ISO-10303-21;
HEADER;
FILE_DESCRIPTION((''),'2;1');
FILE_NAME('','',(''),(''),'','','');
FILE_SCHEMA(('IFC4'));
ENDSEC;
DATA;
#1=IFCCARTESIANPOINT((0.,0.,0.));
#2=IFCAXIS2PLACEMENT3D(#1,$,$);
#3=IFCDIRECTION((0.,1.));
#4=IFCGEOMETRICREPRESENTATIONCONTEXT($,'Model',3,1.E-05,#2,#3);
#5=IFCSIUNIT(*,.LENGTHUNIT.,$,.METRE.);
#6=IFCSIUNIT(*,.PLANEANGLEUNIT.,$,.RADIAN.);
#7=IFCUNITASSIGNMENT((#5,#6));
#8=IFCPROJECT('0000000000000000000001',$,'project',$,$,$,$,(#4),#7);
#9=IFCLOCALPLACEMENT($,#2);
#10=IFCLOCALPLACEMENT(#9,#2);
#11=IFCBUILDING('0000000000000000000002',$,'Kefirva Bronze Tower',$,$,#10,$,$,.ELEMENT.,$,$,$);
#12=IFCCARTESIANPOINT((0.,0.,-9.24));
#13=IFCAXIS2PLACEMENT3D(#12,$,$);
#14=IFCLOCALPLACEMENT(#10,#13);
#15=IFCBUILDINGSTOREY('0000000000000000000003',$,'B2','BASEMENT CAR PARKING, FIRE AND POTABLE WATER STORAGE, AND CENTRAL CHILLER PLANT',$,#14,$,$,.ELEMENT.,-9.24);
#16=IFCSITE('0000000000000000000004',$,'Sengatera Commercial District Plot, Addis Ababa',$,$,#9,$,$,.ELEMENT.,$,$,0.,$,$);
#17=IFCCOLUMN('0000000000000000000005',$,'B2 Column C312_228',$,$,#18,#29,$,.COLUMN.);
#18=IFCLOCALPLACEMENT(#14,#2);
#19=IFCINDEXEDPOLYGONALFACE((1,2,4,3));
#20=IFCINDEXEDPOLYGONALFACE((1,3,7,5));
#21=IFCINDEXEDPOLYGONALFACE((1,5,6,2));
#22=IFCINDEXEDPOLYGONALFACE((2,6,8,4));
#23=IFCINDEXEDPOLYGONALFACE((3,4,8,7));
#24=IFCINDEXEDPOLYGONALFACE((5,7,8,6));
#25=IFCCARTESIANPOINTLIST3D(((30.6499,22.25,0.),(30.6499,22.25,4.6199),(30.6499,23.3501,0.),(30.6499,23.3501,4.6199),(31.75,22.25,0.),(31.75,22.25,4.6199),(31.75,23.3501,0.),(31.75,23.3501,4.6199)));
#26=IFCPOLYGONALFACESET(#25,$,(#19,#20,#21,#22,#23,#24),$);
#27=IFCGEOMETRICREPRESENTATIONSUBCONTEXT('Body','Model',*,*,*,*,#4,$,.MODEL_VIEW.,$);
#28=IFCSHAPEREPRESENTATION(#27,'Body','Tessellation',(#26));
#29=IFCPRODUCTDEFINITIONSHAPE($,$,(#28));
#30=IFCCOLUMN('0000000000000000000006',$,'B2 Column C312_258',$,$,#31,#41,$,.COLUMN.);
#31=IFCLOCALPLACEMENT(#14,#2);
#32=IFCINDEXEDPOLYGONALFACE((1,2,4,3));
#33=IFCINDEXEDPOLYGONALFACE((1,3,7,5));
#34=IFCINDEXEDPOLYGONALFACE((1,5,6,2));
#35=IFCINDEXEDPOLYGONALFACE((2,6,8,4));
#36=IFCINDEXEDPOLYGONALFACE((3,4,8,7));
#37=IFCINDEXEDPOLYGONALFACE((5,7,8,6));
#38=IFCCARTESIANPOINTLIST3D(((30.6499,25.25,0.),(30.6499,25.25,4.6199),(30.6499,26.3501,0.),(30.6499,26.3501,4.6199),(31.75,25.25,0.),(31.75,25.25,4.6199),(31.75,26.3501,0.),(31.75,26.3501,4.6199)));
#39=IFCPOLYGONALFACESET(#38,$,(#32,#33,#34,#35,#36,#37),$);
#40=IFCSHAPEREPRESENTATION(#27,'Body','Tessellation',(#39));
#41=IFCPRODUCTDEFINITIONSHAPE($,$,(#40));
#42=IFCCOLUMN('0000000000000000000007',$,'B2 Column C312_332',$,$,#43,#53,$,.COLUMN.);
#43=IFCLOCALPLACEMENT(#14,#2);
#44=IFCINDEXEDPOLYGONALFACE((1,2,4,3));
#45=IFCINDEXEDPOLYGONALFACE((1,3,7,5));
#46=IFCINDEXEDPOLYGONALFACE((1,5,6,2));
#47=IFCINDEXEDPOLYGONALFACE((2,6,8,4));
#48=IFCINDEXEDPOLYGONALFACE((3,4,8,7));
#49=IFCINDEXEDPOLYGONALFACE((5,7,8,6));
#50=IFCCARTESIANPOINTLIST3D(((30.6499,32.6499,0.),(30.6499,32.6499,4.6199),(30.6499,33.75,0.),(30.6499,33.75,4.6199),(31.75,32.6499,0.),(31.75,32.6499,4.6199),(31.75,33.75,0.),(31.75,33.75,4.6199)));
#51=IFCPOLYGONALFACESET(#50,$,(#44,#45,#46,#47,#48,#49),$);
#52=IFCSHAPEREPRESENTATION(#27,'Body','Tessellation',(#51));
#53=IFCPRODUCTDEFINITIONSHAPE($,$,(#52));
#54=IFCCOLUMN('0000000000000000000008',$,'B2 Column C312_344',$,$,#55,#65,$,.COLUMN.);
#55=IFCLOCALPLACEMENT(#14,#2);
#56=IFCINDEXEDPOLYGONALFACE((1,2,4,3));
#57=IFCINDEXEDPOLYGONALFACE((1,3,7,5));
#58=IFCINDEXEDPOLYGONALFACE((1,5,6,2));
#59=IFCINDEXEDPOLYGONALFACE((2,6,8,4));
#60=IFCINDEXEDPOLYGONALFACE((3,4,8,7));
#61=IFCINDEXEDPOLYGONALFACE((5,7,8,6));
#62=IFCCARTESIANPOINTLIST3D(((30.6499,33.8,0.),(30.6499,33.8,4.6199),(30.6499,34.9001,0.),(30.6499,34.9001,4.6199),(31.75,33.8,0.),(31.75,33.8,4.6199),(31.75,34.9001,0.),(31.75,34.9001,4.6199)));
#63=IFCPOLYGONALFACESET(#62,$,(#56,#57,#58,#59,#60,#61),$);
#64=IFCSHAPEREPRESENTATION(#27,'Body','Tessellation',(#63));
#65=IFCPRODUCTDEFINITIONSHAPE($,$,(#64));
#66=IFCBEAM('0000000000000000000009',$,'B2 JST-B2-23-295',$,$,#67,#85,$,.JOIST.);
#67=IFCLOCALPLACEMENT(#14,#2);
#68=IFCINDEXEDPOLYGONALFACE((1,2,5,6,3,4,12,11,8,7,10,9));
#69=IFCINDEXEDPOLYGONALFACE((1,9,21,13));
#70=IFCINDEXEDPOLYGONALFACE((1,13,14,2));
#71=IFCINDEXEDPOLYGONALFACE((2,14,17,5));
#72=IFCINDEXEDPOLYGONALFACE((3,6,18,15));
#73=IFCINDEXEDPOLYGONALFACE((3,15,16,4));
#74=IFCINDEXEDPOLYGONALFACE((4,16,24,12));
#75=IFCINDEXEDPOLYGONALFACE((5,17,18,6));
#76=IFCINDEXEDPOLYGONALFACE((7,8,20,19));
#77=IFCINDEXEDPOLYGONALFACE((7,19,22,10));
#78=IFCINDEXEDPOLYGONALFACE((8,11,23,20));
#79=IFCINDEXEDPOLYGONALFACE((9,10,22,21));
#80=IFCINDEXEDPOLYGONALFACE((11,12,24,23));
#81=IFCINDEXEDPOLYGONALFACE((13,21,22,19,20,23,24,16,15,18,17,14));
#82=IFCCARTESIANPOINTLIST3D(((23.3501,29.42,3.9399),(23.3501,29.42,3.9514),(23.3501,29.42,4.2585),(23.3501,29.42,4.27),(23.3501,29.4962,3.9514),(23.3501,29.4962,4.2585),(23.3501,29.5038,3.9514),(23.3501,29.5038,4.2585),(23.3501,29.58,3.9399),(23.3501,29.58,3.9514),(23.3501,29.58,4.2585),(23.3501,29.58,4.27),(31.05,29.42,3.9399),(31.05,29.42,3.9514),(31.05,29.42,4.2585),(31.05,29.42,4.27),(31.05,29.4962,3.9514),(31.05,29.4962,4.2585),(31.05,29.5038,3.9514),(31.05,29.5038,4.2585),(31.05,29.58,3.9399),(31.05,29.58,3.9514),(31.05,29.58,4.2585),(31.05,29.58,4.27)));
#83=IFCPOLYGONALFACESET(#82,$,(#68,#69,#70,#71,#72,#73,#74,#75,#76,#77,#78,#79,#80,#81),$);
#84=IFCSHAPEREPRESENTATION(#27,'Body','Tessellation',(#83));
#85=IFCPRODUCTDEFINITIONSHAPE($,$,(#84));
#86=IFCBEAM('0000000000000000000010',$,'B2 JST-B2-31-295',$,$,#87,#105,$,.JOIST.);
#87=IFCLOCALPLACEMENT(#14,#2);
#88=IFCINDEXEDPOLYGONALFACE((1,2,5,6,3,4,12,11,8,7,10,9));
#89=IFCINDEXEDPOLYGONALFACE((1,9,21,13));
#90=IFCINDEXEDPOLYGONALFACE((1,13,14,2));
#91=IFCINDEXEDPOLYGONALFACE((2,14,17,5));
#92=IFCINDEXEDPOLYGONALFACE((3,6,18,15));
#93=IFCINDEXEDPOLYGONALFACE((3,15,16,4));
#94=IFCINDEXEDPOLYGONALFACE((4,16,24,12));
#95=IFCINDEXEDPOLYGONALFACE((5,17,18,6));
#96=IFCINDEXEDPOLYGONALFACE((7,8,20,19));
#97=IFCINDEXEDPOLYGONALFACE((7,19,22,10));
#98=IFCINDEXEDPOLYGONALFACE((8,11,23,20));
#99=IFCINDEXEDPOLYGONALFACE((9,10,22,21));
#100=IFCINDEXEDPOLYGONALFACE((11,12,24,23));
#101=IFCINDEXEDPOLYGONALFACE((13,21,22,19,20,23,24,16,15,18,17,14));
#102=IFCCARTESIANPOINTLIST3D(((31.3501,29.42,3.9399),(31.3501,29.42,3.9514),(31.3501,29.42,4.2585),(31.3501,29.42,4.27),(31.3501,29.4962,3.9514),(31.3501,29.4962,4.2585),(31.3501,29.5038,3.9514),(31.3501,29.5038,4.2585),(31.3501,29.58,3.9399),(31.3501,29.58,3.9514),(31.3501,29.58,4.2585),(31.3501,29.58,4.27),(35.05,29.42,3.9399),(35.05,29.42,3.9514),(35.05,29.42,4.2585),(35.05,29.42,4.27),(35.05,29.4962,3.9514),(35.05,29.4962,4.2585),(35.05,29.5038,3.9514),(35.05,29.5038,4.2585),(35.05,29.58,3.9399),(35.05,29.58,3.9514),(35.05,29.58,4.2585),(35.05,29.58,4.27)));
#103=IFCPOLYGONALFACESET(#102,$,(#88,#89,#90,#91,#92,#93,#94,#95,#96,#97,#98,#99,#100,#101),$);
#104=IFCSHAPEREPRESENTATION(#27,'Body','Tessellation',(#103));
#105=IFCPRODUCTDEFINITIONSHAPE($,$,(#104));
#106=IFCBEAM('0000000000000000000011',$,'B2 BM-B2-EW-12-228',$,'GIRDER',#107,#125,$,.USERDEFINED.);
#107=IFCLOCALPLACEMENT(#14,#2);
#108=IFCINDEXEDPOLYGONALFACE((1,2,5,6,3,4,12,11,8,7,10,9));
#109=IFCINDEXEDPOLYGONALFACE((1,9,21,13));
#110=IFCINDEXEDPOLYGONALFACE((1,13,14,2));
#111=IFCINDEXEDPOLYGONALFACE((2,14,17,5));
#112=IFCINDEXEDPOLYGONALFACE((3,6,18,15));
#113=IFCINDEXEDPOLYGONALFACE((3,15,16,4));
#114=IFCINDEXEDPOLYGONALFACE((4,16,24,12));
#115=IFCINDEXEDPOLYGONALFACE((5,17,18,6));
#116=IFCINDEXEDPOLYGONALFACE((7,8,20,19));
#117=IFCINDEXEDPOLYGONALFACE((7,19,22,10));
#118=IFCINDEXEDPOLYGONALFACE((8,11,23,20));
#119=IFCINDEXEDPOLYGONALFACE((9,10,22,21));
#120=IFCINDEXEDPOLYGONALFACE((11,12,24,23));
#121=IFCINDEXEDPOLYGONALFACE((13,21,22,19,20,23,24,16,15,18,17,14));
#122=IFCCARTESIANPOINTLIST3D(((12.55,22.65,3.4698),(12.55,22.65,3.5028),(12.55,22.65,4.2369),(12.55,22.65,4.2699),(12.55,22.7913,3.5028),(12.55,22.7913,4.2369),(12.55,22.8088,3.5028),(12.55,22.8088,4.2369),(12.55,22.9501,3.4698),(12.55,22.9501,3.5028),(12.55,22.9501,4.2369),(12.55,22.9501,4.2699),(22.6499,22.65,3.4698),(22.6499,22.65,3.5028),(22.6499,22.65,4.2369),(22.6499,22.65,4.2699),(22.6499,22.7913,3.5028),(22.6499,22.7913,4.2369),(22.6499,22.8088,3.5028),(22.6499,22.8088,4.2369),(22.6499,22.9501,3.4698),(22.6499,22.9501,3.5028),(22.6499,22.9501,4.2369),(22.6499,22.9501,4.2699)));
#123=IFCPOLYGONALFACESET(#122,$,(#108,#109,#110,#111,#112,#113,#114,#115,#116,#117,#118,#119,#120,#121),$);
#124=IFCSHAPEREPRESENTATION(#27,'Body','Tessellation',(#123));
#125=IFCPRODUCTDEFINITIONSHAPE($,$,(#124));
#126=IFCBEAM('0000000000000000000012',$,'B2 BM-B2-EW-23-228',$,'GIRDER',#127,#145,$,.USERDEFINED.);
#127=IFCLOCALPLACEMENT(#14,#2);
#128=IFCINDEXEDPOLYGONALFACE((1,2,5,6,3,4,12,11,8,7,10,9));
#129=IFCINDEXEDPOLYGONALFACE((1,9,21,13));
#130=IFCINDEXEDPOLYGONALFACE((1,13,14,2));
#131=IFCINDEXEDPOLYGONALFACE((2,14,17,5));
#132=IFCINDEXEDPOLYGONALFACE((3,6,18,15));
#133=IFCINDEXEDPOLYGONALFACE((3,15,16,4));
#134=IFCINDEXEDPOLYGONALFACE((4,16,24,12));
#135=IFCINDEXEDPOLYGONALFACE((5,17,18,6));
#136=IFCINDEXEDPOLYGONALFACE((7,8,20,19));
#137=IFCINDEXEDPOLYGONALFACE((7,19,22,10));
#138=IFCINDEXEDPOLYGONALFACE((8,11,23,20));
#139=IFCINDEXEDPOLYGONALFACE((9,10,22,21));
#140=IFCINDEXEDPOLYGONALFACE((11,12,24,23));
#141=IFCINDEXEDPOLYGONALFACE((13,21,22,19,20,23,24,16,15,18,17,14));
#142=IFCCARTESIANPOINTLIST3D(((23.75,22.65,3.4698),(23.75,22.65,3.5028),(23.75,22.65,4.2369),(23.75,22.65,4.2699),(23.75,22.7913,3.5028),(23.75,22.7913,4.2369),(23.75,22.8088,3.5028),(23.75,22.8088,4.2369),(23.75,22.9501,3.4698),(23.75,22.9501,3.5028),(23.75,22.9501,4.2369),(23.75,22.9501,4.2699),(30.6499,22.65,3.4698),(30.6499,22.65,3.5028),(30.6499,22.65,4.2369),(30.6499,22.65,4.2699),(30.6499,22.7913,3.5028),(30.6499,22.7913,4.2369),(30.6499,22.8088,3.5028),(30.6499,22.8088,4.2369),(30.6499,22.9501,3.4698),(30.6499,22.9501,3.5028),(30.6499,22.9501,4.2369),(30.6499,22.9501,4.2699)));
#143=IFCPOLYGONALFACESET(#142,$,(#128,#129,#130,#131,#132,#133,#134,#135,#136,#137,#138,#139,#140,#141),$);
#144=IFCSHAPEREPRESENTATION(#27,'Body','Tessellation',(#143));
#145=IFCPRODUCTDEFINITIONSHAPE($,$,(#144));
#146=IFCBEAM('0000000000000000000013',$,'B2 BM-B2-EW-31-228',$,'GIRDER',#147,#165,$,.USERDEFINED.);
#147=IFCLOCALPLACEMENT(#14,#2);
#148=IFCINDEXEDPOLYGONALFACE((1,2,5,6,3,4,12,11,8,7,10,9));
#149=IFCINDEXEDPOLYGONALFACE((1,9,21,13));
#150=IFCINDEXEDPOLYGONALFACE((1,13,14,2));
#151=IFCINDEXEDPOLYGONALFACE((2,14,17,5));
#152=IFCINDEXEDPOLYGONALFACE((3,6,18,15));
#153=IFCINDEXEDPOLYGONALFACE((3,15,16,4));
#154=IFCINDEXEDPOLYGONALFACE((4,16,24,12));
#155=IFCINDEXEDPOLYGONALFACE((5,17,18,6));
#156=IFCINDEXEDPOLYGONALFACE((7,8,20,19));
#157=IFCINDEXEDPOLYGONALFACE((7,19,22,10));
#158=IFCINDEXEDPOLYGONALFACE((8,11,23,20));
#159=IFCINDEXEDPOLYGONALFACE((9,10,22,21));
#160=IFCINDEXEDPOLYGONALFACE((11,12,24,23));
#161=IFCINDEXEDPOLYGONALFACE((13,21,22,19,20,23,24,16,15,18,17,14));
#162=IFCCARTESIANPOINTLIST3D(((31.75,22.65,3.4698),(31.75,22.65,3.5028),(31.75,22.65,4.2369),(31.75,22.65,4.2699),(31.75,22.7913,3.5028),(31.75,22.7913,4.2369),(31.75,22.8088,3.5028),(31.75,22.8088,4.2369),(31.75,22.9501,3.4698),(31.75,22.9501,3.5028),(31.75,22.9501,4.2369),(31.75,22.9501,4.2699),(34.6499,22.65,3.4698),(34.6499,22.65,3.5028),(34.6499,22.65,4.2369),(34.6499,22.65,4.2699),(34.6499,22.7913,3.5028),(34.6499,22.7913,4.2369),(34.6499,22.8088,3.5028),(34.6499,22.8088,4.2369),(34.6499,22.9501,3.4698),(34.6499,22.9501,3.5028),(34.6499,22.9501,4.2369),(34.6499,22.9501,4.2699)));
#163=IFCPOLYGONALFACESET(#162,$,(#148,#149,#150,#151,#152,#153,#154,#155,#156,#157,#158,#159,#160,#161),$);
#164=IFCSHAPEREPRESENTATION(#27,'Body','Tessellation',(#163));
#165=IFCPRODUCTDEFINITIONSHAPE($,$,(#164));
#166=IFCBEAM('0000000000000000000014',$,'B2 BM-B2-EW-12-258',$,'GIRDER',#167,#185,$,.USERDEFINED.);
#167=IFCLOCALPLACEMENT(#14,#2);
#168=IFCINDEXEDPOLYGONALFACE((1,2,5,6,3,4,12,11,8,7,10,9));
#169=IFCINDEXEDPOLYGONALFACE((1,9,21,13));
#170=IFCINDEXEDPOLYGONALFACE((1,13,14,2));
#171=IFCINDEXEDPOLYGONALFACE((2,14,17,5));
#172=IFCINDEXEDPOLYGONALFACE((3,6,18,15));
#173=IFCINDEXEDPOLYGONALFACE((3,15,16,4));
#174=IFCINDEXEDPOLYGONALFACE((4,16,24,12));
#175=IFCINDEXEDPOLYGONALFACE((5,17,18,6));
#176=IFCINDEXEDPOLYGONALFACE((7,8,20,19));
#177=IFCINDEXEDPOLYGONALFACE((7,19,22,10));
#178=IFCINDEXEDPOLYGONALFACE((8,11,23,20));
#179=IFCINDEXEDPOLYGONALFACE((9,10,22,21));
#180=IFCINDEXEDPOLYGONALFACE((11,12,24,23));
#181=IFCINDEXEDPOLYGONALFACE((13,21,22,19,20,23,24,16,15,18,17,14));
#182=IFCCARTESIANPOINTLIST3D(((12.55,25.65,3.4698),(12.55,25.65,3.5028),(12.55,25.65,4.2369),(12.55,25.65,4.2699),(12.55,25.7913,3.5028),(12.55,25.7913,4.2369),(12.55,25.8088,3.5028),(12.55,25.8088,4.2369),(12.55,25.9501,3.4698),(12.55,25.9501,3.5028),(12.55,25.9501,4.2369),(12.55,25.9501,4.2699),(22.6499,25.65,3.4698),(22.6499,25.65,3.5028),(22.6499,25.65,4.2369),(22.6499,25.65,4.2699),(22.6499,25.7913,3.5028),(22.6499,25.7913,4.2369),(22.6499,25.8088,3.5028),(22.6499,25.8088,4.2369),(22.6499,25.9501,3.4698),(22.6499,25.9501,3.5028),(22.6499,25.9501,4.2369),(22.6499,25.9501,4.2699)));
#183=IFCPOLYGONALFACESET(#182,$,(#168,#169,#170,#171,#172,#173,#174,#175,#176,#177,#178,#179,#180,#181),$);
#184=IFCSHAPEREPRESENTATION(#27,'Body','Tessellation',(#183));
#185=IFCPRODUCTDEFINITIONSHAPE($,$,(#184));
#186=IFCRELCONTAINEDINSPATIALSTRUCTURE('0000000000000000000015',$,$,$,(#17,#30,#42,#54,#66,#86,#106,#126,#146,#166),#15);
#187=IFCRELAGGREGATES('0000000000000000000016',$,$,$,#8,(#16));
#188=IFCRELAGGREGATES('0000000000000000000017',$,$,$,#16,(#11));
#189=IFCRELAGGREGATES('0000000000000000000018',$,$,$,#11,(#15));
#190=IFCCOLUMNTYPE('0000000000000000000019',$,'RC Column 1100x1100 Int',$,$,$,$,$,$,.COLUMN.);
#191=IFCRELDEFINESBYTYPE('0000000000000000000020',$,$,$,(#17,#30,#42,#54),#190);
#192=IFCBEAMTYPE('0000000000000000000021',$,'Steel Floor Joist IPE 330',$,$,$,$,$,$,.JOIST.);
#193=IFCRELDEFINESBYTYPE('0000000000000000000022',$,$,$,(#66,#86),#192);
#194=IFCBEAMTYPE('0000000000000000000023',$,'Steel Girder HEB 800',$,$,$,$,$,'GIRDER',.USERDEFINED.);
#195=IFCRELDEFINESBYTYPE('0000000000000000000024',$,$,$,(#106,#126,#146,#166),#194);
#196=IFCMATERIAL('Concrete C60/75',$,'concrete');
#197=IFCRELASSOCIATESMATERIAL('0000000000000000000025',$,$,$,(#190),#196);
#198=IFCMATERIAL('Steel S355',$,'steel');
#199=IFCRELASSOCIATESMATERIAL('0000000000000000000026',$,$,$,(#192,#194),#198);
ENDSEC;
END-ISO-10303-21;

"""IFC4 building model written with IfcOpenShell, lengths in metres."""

from ifc_helpers import new_model, si_unit, direction, frame, origin, origin_2d, place, context, subcontext, project, spatial, rectangle, i_section, extrude, material, material_profile, profile_set, type_object, element, save


model = new_model("IFC4")

# Units and contexts
model_context = context("Model", 3, precision=1e-05, world=origin(), true_north=direction((0.0, 1.0)))
body_context = subcontext(model_context, "Body", "Model", "MODEL_VIEW")
ifc_project = project(units=[si_unit("LENGTHUNIT", "METRE"), si_unit("PLANEANGLEUNIT", "RADIAN")], contexts=[model_context])

# Site, building, storey
site_placement = place(None, origin())
site = spatial("IfcSite", under=ifc_project, at=site_placement, Name="Sengatera Commercial District Plot, Addis Ababa", CompositionType="ELEMENT", RefElevation=0.0)
building_placement = place(site_placement, origin())
building = spatial("IfcBuilding", under=site, at=building_placement, Name="Kefirva Bronze Tower", CompositionType="ELEMENT")
storey_placement = place(building_placement, frame((0.0, 0.0, -9.24)))
storey = spatial("IfcBuildingStorey", under=building, at=storey_placement, Name="B2", Description="BASEMENT CAR PARKING, FIRE AND POTABLE WATER STORAGE, AND CENTRAL CHILLER PLANT", CompositionType="ELEMENT", Elevation=-9.24)

# Columns
ifc_material_1 = material(Name="Concrete C60/75", Category="concrete")
ifc_material_profile_1 = material_profile(ifc_material_1, rectangle(XDim=1.1001, YDim=1.1001, at=origin_2d()), Name="RC 1100x1100")
ifc_profile_set_1 = profile_set([ifc_material_profile_1], Name="Concrete C60/75")
column_type = type_object("IfcColumnType", Name="RC Column 1100x1100 Int", PredefinedType="COLUMN", material=ifc_profile_set_1)
for number, where, z_axis, x_axis, name in (
    (1, (31.2, 22.8, 0.0), (0.0, 0.0, 1.0), (1.0, 0.0, 0.0), "B2 Column C312_228"),
    (2, (31.2, 25.8, 0.0), (0.0, 0.0, 1.0), (1.0, 0.0, 0.0), "B2 Column C312_258"),
    (3, (31.2, 33.2, 0.0), (0.0, 0.0, 1.0), (1.0, 0.0, 0.0), "B2 Column C312_332"),
    (4, (31.2, 34.3501, 0.0), (0.0, 0.0, 1.0), (1.0, 0.0, 0.0), "B2 Column C312_344"),
):
    element("IfcColumn", number, at=place(storey_placement, frame(where, z_axis=z_axis, x_axis=x_axis)), inside=storey, type_object=column_type, Name=name, PredefinedType="COLUMN", context=body_context, shape_type="SweptSolid", body=[
        extrude(rectangle(XDim=1.1001, YDim=1.1001, at=origin_2d()), origin(), (0.0, 0.0, 1.0), 4.6199),
    ])

# Beams
ifc_material_2 = material(Name="Steel S355", Category="steel")
ifc_material_profile_2 = material_profile(ifc_material_2, i_section(OverallWidth=0.1599, OverallDepth=0.3301, WebThickness=0.0076, FlangeThickness=0.0115, at=origin_2d()), Name="IPE 330")
ifc_profile_set_2 = profile_set([ifc_material_profile_2], Name="Steel S355")
beam_type_1 = type_object("IfcBeamType", Name="Steel Floor Joist IPE 330", PredefinedType="JOIST", material=ifc_profile_set_2)
beam_1_placement = place(storey_placement, frame((23.3501, 29.5, 4.105), z_axis=(1.0, 0.0, 0.0), x_axis=(0.0, 1.0, 0.0)))
element("IfcBeam", 5, at=beam_1_placement, inside=storey, type_object=beam_type_1, Name="B2 JST-B2-23-295", PredefinedType="JOIST", context=body_context, shape_type="SweptSolid", body=[
    extrude(i_section(OverallWidth=0.1599, OverallDepth=0.3301, WebThickness=0.0076, FlangeThickness=0.0115, at=origin_2d()), origin(), (0.0, 0.0, 1.0), 7.7),
])
beam_2_placement = place(storey_placement, frame((31.3501, 29.5, 4.105), z_axis=(1.0, 0.0, 0.0), x_axis=(0.0, 1.0, 0.0)))
element("IfcBeam", 6, at=beam_2_placement, inside=storey, type_object=beam_type_1, Name="B2 JST-B2-31-295", PredefinedType="JOIST", context=body_context, shape_type="SweptSolid", body=[
    extrude(i_section(OverallWidth=0.1599, OverallDepth=0.3301, WebThickness=0.0076, FlangeThickness=0.0115, at=origin_2d()), origin(), (0.0, 0.0, 1.0), 3.7),
])
ifc_material_profile_3 = material_profile(ifc_material_2, i_section(OverallWidth=0.3, OverallDepth=0.8, WebThickness=0.0176, FlangeThickness=0.033, at=origin_2d()), Name="HEB 800")
ifc_profile_set_3 = profile_set([ifc_material_profile_3], Name="Steel S355")
beam_type_2 = type_object("IfcBeamType", Name="Steel Girder HEB 800", ElementType="GIRDER", PredefinedType="USERDEFINED", material=ifc_profile_set_3)
beam_3_placement = place(storey_placement, frame((12.55, 22.8, 3.8699), z_axis=(1.0, 0.0, 0.0), x_axis=(0.0, 1.0, 0.0)))
element("IfcBeam", 7, at=beam_3_placement, inside=storey, type_object=beam_type_2, Name="B2 BM-B2-EW-12-228", ObjectType="GIRDER", PredefinedType="USERDEFINED", context=body_context, shape_type="SweptSolid", body=[
    extrude(i_section(OverallWidth=0.3, OverallDepth=0.8, WebThickness=0.0176, FlangeThickness=0.033, at=origin_2d()), origin(), (0.0, 0.0, 1.0), 10.0999),
])
beam_4_placement = place(storey_placement, frame((23.75, 22.8, 3.8699), z_axis=(1.0, 0.0, 0.0), x_axis=(0.0, 1.0, 0.0)))
element("IfcBeam", 8, at=beam_4_placement, inside=storey, type_object=beam_type_2, Name="B2 BM-B2-EW-23-228", ObjectType="GIRDER", PredefinedType="USERDEFINED", context=body_context, shape_type="SweptSolid", body=[
    extrude(i_section(OverallWidth=0.3, OverallDepth=0.8, WebThickness=0.0176, FlangeThickness=0.033, at=origin_2d()), origin(), (0.0, 0.0, 1.0), 6.8999),
])
beam_5_placement = place(storey_placement, frame((31.75, 22.8, 3.8699), z_axis=(1.0, 0.0, 0.0), x_axis=(0.0, 1.0, 0.0)))
element("IfcBeam", 9, at=beam_5_placement, inside=storey, type_object=beam_type_2, Name="B2 BM-B2-EW-31-228", ObjectType="GIRDER", PredefinedType="USERDEFINED", context=body_context, shape_type="SweptSolid", body=[
    extrude(i_section(OverallWidth=0.3, OverallDepth=0.8, WebThickness=0.0176, FlangeThickness=0.033, at=origin_2d()), origin(), (0.0, 0.0, 1.0), 2.8999),
])
beam_6_placement = place(storey_placement, frame((12.55, 25.8, 3.8699), z_axis=(1.0, 0.0, 0.0), x_axis=(0.0, 1.0, 0.0)))
element("IfcBeam", 10, at=beam_6_placement, inside=storey, type_object=beam_type_2, Name="B2 BM-B2-EW-12-258", ObjectType="GIRDER", PredefinedType="USERDEFINED", context=body_context, shape_type="SweptSolid", body=[
    extrude(i_section(OverallWidth=0.3, OverallDepth=0.8, WebThickness=0.0176, FlangeThickness=0.033, at=origin_2d()), origin(), (0.0, 0.0, 1.0), 10.0999),
])

save(model, "model.ifc")
